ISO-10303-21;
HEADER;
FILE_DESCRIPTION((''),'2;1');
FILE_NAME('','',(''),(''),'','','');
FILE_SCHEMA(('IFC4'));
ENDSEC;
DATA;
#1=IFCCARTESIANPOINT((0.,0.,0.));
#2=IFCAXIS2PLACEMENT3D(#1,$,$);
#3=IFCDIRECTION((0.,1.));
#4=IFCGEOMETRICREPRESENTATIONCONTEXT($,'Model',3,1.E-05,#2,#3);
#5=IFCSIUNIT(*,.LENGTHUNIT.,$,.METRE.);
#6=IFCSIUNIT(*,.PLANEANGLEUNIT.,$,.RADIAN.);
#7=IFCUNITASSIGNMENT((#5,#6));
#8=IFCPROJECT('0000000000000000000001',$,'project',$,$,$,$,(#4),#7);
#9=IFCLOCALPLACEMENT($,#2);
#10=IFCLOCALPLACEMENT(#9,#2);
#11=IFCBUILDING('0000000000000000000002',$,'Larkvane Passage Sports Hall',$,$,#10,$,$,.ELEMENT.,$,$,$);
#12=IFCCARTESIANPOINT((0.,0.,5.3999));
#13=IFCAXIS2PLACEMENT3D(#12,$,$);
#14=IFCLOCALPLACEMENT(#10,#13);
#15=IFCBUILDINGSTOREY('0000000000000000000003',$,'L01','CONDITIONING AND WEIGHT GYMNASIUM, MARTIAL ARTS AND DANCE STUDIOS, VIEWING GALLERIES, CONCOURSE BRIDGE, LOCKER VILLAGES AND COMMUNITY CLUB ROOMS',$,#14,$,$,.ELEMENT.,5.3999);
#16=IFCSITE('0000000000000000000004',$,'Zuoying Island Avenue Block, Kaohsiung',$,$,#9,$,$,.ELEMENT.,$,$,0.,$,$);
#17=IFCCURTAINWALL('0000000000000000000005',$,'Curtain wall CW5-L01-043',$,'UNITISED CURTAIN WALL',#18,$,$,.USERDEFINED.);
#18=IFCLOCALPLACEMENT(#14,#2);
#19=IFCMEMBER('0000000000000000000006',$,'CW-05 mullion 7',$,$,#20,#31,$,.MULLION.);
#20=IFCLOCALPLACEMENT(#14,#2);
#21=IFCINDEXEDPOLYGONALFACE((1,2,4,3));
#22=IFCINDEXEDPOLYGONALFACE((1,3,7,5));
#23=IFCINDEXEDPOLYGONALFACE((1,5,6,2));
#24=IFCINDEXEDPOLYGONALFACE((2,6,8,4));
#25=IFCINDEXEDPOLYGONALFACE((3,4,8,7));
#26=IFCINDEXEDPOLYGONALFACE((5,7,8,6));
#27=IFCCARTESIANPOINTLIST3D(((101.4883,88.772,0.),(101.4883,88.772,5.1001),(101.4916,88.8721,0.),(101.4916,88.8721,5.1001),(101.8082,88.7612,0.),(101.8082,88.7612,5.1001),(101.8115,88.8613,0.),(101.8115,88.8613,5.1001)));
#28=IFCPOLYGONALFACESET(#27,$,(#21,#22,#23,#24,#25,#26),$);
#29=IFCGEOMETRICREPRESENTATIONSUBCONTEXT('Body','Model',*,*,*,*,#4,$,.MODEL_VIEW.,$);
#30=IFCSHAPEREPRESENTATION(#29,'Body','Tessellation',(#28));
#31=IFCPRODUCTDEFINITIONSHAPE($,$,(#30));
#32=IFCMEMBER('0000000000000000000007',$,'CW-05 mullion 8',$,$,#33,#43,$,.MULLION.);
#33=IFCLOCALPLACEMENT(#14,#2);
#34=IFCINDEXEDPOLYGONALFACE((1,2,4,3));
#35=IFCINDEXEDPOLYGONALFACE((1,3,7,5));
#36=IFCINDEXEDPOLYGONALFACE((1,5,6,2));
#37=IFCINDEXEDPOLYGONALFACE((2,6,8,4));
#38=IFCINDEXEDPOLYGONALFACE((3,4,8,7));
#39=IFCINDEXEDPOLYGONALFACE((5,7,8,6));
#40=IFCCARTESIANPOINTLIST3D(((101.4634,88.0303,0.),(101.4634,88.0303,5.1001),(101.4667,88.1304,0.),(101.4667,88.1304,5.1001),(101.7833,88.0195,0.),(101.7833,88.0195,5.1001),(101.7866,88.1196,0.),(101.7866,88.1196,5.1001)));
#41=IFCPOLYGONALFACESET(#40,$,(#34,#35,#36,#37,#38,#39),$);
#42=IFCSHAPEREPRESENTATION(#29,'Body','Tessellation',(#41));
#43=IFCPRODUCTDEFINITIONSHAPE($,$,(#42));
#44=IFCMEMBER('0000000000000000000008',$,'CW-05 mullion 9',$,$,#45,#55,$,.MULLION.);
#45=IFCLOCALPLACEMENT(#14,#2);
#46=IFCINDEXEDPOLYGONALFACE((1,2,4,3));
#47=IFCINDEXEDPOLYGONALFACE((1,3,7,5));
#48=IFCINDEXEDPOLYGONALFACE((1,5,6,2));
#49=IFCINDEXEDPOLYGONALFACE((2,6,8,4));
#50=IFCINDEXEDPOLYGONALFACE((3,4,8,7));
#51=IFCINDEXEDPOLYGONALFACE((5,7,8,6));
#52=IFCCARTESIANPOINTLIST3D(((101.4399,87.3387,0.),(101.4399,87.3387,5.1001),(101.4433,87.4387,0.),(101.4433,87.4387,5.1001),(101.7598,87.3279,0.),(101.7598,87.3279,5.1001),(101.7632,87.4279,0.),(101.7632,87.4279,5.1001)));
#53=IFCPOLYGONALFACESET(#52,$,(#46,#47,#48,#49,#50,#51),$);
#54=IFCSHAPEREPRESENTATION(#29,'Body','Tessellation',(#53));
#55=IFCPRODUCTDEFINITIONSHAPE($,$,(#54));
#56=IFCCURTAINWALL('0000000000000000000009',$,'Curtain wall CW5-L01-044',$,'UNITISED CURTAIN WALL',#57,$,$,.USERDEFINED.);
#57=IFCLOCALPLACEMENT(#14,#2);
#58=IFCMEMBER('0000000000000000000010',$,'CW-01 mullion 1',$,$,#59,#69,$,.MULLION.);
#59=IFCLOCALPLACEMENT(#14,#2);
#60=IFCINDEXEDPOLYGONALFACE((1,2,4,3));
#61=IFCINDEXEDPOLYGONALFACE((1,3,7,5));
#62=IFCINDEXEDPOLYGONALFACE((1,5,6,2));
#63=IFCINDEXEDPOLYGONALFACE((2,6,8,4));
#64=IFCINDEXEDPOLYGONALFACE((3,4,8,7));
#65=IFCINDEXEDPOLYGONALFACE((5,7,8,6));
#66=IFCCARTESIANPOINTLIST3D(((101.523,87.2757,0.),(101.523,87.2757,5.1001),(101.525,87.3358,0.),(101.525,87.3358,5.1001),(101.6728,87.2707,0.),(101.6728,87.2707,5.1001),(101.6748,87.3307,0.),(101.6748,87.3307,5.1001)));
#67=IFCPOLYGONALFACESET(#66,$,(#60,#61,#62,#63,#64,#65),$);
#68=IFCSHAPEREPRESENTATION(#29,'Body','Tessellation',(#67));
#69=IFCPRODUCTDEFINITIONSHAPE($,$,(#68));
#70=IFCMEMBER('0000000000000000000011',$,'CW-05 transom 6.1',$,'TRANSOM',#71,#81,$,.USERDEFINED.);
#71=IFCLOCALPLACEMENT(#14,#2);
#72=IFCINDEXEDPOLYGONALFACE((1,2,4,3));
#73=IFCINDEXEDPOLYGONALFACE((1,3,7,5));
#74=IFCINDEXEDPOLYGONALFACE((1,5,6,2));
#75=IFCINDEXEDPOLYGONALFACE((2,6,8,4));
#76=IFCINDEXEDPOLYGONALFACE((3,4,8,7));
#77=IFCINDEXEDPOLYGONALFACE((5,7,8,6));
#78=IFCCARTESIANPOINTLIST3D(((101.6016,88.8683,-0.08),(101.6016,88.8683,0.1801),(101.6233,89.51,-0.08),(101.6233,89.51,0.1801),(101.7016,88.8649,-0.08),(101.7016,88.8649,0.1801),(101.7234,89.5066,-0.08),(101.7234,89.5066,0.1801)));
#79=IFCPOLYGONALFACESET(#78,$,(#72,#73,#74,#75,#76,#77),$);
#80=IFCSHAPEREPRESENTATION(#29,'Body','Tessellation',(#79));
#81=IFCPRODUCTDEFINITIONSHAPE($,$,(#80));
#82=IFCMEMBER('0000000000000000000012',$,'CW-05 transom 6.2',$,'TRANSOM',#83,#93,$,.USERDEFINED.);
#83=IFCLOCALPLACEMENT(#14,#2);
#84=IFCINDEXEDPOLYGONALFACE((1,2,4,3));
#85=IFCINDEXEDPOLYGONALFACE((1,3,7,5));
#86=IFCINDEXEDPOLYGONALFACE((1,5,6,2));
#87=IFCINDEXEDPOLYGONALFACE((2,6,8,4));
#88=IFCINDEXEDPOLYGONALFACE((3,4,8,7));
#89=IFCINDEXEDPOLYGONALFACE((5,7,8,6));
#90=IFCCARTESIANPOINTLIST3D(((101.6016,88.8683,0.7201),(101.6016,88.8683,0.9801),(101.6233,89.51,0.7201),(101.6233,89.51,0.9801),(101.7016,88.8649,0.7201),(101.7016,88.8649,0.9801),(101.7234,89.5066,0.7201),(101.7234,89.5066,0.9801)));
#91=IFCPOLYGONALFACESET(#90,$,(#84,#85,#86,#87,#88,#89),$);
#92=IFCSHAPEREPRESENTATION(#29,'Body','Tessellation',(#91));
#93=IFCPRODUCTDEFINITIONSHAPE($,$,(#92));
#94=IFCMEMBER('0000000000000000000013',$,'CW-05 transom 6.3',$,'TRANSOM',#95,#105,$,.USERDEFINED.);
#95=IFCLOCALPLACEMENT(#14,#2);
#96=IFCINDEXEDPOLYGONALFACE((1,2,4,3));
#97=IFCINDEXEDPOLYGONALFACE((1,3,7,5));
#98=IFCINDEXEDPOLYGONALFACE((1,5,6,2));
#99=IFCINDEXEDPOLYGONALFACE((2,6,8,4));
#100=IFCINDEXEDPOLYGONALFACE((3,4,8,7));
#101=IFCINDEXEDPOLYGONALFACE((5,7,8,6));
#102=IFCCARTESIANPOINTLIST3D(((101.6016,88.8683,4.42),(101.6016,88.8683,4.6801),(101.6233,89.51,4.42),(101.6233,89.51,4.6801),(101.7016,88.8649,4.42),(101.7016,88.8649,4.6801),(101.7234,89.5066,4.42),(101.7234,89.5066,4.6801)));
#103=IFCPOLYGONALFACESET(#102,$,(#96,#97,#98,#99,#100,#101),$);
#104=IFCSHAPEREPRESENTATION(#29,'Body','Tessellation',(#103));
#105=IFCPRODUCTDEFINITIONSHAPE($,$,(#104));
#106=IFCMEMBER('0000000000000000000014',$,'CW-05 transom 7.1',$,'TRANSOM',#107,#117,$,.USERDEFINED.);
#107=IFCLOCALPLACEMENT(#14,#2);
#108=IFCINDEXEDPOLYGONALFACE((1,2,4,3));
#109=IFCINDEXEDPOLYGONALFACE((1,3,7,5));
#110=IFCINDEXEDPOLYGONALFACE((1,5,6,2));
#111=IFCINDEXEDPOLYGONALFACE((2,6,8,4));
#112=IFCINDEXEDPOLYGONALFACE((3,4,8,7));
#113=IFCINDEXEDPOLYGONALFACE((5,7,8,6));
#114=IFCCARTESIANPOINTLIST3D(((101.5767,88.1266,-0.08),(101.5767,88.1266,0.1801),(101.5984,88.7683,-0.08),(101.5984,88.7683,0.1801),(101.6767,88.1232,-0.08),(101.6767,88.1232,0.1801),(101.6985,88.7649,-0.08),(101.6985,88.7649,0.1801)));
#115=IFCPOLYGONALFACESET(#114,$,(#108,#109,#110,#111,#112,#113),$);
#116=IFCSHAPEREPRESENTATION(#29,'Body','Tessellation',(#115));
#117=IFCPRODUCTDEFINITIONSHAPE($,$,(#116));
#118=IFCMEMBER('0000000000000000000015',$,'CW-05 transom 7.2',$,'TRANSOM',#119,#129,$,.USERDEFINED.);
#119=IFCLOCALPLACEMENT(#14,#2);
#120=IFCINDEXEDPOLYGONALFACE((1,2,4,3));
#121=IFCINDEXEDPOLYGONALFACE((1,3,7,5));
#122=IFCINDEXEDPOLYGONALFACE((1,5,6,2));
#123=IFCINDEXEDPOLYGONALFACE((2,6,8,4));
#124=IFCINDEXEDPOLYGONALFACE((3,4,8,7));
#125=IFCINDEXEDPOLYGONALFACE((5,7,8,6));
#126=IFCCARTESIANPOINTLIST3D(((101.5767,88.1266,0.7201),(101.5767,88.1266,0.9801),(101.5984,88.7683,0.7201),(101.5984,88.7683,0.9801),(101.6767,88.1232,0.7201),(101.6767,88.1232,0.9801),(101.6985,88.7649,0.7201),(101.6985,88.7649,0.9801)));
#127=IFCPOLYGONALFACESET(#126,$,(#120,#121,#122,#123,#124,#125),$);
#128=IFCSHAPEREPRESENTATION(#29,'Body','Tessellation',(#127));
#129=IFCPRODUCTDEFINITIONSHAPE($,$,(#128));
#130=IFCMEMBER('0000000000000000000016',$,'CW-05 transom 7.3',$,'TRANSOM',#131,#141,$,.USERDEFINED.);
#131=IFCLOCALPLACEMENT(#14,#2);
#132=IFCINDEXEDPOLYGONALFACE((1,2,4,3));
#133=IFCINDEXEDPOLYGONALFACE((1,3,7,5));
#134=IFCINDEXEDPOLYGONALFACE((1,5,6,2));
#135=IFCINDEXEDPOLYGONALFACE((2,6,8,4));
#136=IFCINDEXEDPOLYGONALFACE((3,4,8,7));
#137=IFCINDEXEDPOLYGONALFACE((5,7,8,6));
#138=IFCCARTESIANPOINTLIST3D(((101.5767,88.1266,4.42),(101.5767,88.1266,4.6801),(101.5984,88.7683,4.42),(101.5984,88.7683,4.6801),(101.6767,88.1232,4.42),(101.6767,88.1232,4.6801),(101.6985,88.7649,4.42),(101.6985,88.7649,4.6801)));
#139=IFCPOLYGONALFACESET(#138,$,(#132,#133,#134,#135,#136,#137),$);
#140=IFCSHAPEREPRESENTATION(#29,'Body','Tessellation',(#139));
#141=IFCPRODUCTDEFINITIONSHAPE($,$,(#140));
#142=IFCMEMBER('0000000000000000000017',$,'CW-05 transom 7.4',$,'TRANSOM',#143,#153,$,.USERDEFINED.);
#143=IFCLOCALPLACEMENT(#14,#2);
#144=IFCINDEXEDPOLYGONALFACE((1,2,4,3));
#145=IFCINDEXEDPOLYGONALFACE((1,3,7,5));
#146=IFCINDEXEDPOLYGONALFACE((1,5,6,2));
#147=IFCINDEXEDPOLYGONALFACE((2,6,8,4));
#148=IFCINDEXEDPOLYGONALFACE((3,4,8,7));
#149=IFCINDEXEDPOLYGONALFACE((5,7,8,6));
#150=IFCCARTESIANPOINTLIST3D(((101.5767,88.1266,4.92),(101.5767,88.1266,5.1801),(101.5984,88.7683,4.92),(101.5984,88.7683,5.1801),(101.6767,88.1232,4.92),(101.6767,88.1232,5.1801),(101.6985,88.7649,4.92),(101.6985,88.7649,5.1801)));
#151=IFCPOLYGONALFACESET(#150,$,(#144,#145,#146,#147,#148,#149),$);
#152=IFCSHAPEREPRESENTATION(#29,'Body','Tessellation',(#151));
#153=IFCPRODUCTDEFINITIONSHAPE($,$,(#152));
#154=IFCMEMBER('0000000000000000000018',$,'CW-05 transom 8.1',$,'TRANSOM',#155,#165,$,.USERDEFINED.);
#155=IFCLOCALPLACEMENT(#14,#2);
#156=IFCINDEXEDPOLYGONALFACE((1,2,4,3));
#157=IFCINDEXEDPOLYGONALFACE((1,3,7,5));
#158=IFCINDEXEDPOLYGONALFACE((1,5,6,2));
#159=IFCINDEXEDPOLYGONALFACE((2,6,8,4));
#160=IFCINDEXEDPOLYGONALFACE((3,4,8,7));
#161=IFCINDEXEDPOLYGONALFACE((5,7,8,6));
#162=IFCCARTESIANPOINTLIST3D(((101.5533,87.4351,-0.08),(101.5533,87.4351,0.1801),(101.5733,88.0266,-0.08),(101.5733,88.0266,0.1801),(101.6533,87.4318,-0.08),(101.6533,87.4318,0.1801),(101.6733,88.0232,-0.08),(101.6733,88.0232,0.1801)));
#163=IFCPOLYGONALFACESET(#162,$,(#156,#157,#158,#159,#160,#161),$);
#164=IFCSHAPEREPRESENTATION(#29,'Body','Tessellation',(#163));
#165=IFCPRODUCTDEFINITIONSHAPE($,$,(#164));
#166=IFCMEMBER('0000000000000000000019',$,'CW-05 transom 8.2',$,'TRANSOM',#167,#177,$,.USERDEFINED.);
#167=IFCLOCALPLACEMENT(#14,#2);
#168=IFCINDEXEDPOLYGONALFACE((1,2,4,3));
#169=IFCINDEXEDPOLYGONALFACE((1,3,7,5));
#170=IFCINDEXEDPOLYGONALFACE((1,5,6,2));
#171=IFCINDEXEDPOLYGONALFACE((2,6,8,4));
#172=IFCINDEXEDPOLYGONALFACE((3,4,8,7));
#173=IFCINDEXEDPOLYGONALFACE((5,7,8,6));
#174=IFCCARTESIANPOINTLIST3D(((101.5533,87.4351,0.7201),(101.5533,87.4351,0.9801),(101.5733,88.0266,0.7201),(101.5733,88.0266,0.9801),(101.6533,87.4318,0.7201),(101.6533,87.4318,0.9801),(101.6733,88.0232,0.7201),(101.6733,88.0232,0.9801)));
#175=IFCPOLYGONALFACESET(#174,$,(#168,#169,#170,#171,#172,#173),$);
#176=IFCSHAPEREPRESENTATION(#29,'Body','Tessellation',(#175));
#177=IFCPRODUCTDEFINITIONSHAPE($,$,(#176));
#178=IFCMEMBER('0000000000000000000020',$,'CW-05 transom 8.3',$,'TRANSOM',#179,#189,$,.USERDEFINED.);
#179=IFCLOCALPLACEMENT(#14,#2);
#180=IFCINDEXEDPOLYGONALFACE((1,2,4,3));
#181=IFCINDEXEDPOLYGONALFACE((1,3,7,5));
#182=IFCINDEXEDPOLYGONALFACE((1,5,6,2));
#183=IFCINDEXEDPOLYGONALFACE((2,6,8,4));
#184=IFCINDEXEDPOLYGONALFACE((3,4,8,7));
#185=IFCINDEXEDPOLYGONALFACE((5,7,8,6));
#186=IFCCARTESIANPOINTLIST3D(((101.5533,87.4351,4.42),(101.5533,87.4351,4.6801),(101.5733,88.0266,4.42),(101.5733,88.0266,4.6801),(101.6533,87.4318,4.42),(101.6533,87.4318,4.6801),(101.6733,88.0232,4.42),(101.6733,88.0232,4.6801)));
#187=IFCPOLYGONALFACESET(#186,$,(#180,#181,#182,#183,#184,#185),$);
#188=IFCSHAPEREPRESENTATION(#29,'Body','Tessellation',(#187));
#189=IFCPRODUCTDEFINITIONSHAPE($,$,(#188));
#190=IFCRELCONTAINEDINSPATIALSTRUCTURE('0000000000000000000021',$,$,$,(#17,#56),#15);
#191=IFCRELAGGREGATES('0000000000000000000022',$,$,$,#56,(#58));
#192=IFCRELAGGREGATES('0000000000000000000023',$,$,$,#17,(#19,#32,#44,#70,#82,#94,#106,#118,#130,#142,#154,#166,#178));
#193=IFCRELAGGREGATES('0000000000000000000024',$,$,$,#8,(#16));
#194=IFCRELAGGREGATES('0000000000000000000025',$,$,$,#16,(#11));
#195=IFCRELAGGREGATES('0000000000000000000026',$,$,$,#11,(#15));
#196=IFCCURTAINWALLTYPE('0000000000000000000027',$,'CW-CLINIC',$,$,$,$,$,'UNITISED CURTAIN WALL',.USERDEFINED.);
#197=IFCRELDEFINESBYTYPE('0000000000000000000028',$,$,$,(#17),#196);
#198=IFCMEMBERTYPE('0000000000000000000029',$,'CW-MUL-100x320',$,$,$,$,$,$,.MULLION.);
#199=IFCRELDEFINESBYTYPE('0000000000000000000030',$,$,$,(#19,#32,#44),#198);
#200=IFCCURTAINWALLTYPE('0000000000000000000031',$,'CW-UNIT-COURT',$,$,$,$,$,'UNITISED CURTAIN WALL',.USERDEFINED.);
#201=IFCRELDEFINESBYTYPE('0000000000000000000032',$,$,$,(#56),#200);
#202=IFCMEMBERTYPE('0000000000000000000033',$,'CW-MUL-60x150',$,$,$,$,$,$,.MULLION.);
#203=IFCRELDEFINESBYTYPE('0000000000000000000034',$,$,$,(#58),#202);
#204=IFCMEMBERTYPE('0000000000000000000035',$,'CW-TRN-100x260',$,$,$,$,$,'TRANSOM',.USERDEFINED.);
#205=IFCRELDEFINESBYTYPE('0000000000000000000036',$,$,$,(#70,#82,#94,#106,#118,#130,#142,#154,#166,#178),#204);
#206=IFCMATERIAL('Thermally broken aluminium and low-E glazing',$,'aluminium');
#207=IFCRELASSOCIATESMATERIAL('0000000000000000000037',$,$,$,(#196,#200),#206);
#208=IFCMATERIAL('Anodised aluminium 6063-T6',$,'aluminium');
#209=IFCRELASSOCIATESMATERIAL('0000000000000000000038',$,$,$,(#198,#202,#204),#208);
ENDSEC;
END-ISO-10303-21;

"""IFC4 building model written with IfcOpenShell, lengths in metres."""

from ifc_helpers import new_model, si_unit, direction, frame, origin, origin_2d, place, context, subcontext, project, spatial, rectangle, extrude, material, material_profile, profile_set, type_object, element, aggregate, save


model = new_model("IFC4")

# Units and contexts
model_context = context("Model", 3, precision=1e-05, world=origin(), true_north=direction((0.0, 1.0)))
body_context = subcontext(model_context, "Body", "Model", "MODEL_VIEW")
ifc_project = project(units=[si_unit("LENGTHUNIT", "METRE"), si_unit("PLANEANGLEUNIT", "RADIAN")], contexts=[model_context])

# Site, building, storey
site_placement = place(None, origin())
site = spatial("IfcSite", under=ifc_project, at=site_placement, Name="Zuoying Island Avenue Block, Kaohsiung", CompositionType="ELEMENT", RefElevation=0.0)
building_placement = place(site_placement, origin())
building = spatial("IfcBuilding", under=site, at=building_placement, Name="Larkvane Passage Sports Hall", CompositionType="ELEMENT")
storey_placement = place(building_placement, frame((0.0, 0.0, 5.3999)))
storey = spatial("IfcBuildingStorey", under=building, at=storey_placement, Name="L01", Description="CONDITIONING AND WEIGHT GYMNASIUM, MARTIAL ARTS AND DANCE STUDIOS, VIEWING GALLERIES, CONCOURSE BRIDGE, LOCKER VILLAGES AND COMMUNITY CLUB ROOMS", CompositionType="ELEMENT", Elevation=5.3999)

# Curtain wall, members
ifc_material_1 = material(Name="Thermally broken aluminium and low-E glazing", Category="aluminium")
curtain_wall_type_1 = type_object("IfcCurtainWallType", Name="CW-CLINIC", ElementType="UNITISED CURTAIN WALL", PredefinedType="USERDEFINED", material=ifc_material_1)
curtain_wall_1_placement = place(storey_placement, origin())
curtain_wall_1 = element("IfcCurtainWall", 1, at=curtain_wall_1_placement, inside=storey, type_object=curtain_wall_type_1, Name="Curtain wall CW5-L01-043", ObjectType="UNITISED CURTAIN WALL", PredefinedType="USERDEFINED")
ifc_material_2 = material(Name="Anodised aluminium 6063-T6", Category="aluminium")
ifc_material_profile_1 = material_profile(ifc_material_2, rectangle(XDim=0.1001, YDim=0.3201, at=origin_2d()), Name="ALU-MUL-100x320")
ifc_profile_set_1 = profile_set([ifc_material_profile_1], Name="Anodised aluminium 6063-T6")
member_type_1 = type_object("IfcMemberType", Name="CW-MUL-100x320", PredefinedType="MULLION", material=ifc_profile_set_1)
member_1_placement = place(storey_placement, frame((101.6499, 88.8167, 0.0), z_axis=(0.0, 0.0, 1.0), x_axis=(-0.033688, -0.999432, 0.0)))
member_1 = element("IfcMember", 2, at=member_1_placement, type_object=member_type_1, Name="CW-05 mullion 7", PredefinedType="MULLION", context=body_context, shape_type="SweptSolid", body=[
    extrude(rectangle(XDim=0.1001, YDim=0.3201, at=origin_2d()), origin(), (0.0, 0.0, 1.0), 5.1001),
])
member_2_placement = place(storey_placement, frame((101.625, 88.075, 0.0), z_axis=(0.0, 0.0, 1.0), x_axis=(-0.033688, -0.999432, 0.0)))
member_2 = element("IfcMember", 3, at=member_2_placement, type_object=member_type_1, Name="CW-05 mullion 8", PredefinedType="MULLION", context=body_context, shape_type="SweptSolid", body=[
    extrude(rectangle(XDim=0.1001, YDim=0.3201, at=origin_2d()), origin(), (0.0, 0.0, 1.0), 5.1001),
])
member_3_placement = place(storey_placement, frame((101.6016, 87.3833, 0.0), z_axis=(0.0, 0.0, 1.0), x_axis=(-0.033688, -0.999432, 0.0)))
member_3 = element("IfcMember", 4, at=member_3_placement, type_object=member_type_1, Name="CW-05 mullion 9", PredefinedType="MULLION", context=body_context, shape_type="SweptSolid", body=[
    extrude(rectangle(XDim=0.1001, YDim=0.3201, at=origin_2d()), origin(), (0.0, 0.0, 1.0), 5.1001),
])

# Curtain wall, member
curtain_wall_type_2 = type_object("IfcCurtainWallType", Name="CW-UNIT-COURT", ElementType="UNITISED CURTAIN WALL", PredefinedType="USERDEFINED", material=ifc_material_1)
curtain_wall_2_placement = place(storey_placement, origin())
curtain_wall_2 = element("IfcCurtainWall", 5, at=curtain_wall_2_placement, inside=storey, type_object=curtain_wall_type_2, Name="Curtain wall CW5-L01-044", ObjectType="UNITISED CURTAIN WALL", PredefinedType="USERDEFINED")
ifc_material_profile_2 = material_profile(ifc_material_2, rectangle(XDim=0.0601, YDim=0.1499, at=origin_2d()), Name="ALU-MUL-60x150")
ifc_profile_set_2 = profile_set([ifc_material_profile_2], Name="Anodised aluminium 6063-T6")
member_type_2 = type_object("IfcMemberType", Name="CW-MUL-60x150", PredefinedType="MULLION", material=ifc_profile_set_2)
member_4_placement = place(storey_placement, frame((101.5989, 87.3032, 0.0), z_axis=(0.0, 0.0, 1.0), x_axis=(-0.033689, -0.999432, 0.0)))
member_4 = element("IfcMember", 6, at=member_4_placement, type_object=member_type_2, Name="CW-01 mullion 1", PredefinedType="MULLION", context=body_context, shape_type="SweptSolid", body=[
    extrude(rectangle(XDim=0.0601, YDim=0.1499, at=origin_2d()), origin(), (0.0, 0.0, 1.0), 5.1001),
])

# Members
ifc_material_profile_3 = material_profile(ifc_material_2, rectangle(XDim=0.1001, YDim=0.26, at=origin_2d()), Name="ALU-TRN-100x260")
ifc_profile_set_3 = profile_set([ifc_material_profile_3], Name="Anodised aluminium 6063-T6")
member_type_3 = type_object("IfcMemberType", Name="CW-TRN-100x260", ElementType="TRANSOM", PredefinedType="USERDEFINED", material=ifc_profile_set_3)
member_5_placement = place(storey_placement, frame((101.6733, 89.5083, 0.05), z_axis=(-0.033847, -0.999427, 0.0), x_axis=(0.999427, -0.033847, 0.0)))
member_5 = element("IfcMember", 7, at=member_5_placement, type_object=member_type_3, Name="CW-05 transom 6.1", ObjectType="TRANSOM", PredefinedType="USERDEFINED", context=body_context, shape_type="SweptSolid", body=[
    extrude(rectangle(XDim=0.1001, YDim=0.26, at=origin_2d()), origin(), (0.0, 0.0, 1.0), 0.6421),
])
member_6_placement = place(storey_placement, frame((101.6733, 89.5083, 0.8501), z_axis=(-0.033847, -0.999427, 0.0), x_axis=(0.999427, -0.033847, 0.0)))
member_6 = element("IfcMember", 8, at=member_6_placement, type_object=member_type_3, Name="CW-05 transom 6.2", ObjectType="TRANSOM", PredefinedType="USERDEFINED", context=body_context, shape_type="SweptSolid", body=[
    extrude(rectangle(XDim=0.1001, YDim=0.26, at=origin_2d()), origin(), (0.0, 0.0, 1.0), 0.6421),
])
member_7_placement = place(storey_placement, frame((101.6733, 89.5083, 4.55), z_axis=(-0.033847, -0.999427, 0.0), x_axis=(0.999427, -0.033847, 0.0)))
member_7 = element("IfcMember", 9, at=member_7_placement, type_object=member_type_3, Name="CW-05 transom 6.3", ObjectType="TRANSOM", PredefinedType="USERDEFINED", context=body_context, shape_type="SweptSolid", body=[
    extrude(rectangle(XDim=0.1001, YDim=0.26, at=origin_2d()), origin(), (0.0, 0.0, 1.0), 0.6421),
])
member_8_placement = place(storey_placement, frame((101.6484, 88.7666, 0.05), z_axis=(-0.033847, -0.999427, 0.0), x_axis=(0.999427, -0.033847, 0.0)))
member_8 = element("IfcMember", 10, at=member_8_placement, type_object=member_type_3, Name="CW-05 transom 7.1", ObjectType="TRANSOM", PredefinedType="USERDEFINED", context=body_context, shape_type="SweptSolid", body=[
    extrude(rectangle(XDim=0.1001, YDim=0.26, at=origin_2d()), origin(), (0.0, 0.0, 1.0), 0.6421),
])
member_9_placement = place(storey_placement, frame((101.6484, 88.7666, 0.8501), z_axis=(-0.033847, -0.999427, 0.0), x_axis=(0.999427, -0.033847, 0.0)))
member_9 = element("IfcMember", 11, at=member_9_placement, type_object=member_type_3, Name="CW-05 transom 7.2", ObjectType="TRANSOM", PredefinedType="USERDEFINED", context=body_context, shape_type="SweptSolid", body=[
    extrude(rectangle(XDim=0.1001, YDim=0.26, at=origin_2d()), origin(), (0.0, 0.0, 1.0), 0.6421),
])
member_10_placement = place(storey_placement, frame((101.6484, 88.7666, 4.55), z_axis=(-0.033847, -0.999427, 0.0), x_axis=(0.999427, -0.033847, 0.0)))
member_10 = element("IfcMember", 12, at=member_10_placement, type_object=member_type_3, Name="CW-05 transom 7.3", ObjectType="TRANSOM", PredefinedType="USERDEFINED", context=body_context, shape_type="SweptSolid", body=[
    extrude(rectangle(XDim=0.1001, YDim=0.26, at=origin_2d()), origin(), (0.0, 0.0, 1.0), 0.6421),
])
member_11_placement = place(storey_placement, frame((101.6484, 88.7666, 5.05), z_axis=(-0.033847, -0.999427, 0.0), x_axis=(0.999427, -0.033847, 0.0)))
member_11 = element("IfcMember", 13, at=member_11_placement, type_object=member_type_3, Name="CW-05 transom 7.4", ObjectType="TRANSOM", PredefinedType="USERDEFINED", context=body_context, shape_type="SweptSolid", body=[
    extrude(rectangle(XDim=0.1001, YDim=0.26, at=origin_2d()), origin(), (0.0, 0.0, 1.0), 0.6421),
])
member_12_placement = place(storey_placement, frame((101.6233, 88.0249, 0.05), z_axis=(-0.033823, -0.999428, 0.0), x_axis=(0.999428, -0.033823, 0.0)))
member_12 = element("IfcMember", 14, at=member_12_placement, type_object=member_type_3, Name="CW-05 transom 8.1", ObjectType="TRANSOM", PredefinedType="USERDEFINED", context=body_context, shape_type="SweptSolid", body=[
    extrude(rectangle(XDim=0.1001, YDim=0.26, at=origin_2d()), origin(), (0.0, 0.0, 1.0), 0.5918),
])
member_13_placement = place(storey_placement, frame((101.6233, 88.0249, 0.8501), z_axis=(-0.033823, -0.999428, 0.0), x_axis=(0.999428, -0.033823, 0.0)))
member_13 = element("IfcMember", 15, at=member_13_placement, type_object=member_type_3, Name="CW-05 transom 8.2", ObjectType="TRANSOM", PredefinedType="USERDEFINED", context=body_context, shape_type="SweptSolid", body=[
    extrude(rectangle(XDim=0.1001, YDim=0.26, at=origin_2d()), origin(), (0.0, 0.0, 1.0), 0.5918),
])
member_14_placement = place(storey_placement, frame((101.6233, 88.0249, 4.55), z_axis=(-0.033823, -0.999428, 0.0), x_axis=(0.999428, -0.033823, 0.0)))
member_14 = element("IfcMember", 16, at=member_14_placement, type_object=member_type_3, Name="CW-05 transom 8.3", ObjectType="TRANSOM", PredefinedType="USERDEFINED", context=body_context, shape_type="SweptSolid", body=[
    extrude(rectangle(XDim=0.1001, YDim=0.26, at=origin_2d()), origin(), (0.0, 0.0, 1.0), 0.5918),
])

aggregate(curtain_wall_2, [member_4])
aggregate(curtain_wall_1, [member_1, member_2, member_3, member_5, member_6, member_7, member_8, member_9, member_10, member_11, member_12, member_13, member_14])

save(model, "model.ifc")
